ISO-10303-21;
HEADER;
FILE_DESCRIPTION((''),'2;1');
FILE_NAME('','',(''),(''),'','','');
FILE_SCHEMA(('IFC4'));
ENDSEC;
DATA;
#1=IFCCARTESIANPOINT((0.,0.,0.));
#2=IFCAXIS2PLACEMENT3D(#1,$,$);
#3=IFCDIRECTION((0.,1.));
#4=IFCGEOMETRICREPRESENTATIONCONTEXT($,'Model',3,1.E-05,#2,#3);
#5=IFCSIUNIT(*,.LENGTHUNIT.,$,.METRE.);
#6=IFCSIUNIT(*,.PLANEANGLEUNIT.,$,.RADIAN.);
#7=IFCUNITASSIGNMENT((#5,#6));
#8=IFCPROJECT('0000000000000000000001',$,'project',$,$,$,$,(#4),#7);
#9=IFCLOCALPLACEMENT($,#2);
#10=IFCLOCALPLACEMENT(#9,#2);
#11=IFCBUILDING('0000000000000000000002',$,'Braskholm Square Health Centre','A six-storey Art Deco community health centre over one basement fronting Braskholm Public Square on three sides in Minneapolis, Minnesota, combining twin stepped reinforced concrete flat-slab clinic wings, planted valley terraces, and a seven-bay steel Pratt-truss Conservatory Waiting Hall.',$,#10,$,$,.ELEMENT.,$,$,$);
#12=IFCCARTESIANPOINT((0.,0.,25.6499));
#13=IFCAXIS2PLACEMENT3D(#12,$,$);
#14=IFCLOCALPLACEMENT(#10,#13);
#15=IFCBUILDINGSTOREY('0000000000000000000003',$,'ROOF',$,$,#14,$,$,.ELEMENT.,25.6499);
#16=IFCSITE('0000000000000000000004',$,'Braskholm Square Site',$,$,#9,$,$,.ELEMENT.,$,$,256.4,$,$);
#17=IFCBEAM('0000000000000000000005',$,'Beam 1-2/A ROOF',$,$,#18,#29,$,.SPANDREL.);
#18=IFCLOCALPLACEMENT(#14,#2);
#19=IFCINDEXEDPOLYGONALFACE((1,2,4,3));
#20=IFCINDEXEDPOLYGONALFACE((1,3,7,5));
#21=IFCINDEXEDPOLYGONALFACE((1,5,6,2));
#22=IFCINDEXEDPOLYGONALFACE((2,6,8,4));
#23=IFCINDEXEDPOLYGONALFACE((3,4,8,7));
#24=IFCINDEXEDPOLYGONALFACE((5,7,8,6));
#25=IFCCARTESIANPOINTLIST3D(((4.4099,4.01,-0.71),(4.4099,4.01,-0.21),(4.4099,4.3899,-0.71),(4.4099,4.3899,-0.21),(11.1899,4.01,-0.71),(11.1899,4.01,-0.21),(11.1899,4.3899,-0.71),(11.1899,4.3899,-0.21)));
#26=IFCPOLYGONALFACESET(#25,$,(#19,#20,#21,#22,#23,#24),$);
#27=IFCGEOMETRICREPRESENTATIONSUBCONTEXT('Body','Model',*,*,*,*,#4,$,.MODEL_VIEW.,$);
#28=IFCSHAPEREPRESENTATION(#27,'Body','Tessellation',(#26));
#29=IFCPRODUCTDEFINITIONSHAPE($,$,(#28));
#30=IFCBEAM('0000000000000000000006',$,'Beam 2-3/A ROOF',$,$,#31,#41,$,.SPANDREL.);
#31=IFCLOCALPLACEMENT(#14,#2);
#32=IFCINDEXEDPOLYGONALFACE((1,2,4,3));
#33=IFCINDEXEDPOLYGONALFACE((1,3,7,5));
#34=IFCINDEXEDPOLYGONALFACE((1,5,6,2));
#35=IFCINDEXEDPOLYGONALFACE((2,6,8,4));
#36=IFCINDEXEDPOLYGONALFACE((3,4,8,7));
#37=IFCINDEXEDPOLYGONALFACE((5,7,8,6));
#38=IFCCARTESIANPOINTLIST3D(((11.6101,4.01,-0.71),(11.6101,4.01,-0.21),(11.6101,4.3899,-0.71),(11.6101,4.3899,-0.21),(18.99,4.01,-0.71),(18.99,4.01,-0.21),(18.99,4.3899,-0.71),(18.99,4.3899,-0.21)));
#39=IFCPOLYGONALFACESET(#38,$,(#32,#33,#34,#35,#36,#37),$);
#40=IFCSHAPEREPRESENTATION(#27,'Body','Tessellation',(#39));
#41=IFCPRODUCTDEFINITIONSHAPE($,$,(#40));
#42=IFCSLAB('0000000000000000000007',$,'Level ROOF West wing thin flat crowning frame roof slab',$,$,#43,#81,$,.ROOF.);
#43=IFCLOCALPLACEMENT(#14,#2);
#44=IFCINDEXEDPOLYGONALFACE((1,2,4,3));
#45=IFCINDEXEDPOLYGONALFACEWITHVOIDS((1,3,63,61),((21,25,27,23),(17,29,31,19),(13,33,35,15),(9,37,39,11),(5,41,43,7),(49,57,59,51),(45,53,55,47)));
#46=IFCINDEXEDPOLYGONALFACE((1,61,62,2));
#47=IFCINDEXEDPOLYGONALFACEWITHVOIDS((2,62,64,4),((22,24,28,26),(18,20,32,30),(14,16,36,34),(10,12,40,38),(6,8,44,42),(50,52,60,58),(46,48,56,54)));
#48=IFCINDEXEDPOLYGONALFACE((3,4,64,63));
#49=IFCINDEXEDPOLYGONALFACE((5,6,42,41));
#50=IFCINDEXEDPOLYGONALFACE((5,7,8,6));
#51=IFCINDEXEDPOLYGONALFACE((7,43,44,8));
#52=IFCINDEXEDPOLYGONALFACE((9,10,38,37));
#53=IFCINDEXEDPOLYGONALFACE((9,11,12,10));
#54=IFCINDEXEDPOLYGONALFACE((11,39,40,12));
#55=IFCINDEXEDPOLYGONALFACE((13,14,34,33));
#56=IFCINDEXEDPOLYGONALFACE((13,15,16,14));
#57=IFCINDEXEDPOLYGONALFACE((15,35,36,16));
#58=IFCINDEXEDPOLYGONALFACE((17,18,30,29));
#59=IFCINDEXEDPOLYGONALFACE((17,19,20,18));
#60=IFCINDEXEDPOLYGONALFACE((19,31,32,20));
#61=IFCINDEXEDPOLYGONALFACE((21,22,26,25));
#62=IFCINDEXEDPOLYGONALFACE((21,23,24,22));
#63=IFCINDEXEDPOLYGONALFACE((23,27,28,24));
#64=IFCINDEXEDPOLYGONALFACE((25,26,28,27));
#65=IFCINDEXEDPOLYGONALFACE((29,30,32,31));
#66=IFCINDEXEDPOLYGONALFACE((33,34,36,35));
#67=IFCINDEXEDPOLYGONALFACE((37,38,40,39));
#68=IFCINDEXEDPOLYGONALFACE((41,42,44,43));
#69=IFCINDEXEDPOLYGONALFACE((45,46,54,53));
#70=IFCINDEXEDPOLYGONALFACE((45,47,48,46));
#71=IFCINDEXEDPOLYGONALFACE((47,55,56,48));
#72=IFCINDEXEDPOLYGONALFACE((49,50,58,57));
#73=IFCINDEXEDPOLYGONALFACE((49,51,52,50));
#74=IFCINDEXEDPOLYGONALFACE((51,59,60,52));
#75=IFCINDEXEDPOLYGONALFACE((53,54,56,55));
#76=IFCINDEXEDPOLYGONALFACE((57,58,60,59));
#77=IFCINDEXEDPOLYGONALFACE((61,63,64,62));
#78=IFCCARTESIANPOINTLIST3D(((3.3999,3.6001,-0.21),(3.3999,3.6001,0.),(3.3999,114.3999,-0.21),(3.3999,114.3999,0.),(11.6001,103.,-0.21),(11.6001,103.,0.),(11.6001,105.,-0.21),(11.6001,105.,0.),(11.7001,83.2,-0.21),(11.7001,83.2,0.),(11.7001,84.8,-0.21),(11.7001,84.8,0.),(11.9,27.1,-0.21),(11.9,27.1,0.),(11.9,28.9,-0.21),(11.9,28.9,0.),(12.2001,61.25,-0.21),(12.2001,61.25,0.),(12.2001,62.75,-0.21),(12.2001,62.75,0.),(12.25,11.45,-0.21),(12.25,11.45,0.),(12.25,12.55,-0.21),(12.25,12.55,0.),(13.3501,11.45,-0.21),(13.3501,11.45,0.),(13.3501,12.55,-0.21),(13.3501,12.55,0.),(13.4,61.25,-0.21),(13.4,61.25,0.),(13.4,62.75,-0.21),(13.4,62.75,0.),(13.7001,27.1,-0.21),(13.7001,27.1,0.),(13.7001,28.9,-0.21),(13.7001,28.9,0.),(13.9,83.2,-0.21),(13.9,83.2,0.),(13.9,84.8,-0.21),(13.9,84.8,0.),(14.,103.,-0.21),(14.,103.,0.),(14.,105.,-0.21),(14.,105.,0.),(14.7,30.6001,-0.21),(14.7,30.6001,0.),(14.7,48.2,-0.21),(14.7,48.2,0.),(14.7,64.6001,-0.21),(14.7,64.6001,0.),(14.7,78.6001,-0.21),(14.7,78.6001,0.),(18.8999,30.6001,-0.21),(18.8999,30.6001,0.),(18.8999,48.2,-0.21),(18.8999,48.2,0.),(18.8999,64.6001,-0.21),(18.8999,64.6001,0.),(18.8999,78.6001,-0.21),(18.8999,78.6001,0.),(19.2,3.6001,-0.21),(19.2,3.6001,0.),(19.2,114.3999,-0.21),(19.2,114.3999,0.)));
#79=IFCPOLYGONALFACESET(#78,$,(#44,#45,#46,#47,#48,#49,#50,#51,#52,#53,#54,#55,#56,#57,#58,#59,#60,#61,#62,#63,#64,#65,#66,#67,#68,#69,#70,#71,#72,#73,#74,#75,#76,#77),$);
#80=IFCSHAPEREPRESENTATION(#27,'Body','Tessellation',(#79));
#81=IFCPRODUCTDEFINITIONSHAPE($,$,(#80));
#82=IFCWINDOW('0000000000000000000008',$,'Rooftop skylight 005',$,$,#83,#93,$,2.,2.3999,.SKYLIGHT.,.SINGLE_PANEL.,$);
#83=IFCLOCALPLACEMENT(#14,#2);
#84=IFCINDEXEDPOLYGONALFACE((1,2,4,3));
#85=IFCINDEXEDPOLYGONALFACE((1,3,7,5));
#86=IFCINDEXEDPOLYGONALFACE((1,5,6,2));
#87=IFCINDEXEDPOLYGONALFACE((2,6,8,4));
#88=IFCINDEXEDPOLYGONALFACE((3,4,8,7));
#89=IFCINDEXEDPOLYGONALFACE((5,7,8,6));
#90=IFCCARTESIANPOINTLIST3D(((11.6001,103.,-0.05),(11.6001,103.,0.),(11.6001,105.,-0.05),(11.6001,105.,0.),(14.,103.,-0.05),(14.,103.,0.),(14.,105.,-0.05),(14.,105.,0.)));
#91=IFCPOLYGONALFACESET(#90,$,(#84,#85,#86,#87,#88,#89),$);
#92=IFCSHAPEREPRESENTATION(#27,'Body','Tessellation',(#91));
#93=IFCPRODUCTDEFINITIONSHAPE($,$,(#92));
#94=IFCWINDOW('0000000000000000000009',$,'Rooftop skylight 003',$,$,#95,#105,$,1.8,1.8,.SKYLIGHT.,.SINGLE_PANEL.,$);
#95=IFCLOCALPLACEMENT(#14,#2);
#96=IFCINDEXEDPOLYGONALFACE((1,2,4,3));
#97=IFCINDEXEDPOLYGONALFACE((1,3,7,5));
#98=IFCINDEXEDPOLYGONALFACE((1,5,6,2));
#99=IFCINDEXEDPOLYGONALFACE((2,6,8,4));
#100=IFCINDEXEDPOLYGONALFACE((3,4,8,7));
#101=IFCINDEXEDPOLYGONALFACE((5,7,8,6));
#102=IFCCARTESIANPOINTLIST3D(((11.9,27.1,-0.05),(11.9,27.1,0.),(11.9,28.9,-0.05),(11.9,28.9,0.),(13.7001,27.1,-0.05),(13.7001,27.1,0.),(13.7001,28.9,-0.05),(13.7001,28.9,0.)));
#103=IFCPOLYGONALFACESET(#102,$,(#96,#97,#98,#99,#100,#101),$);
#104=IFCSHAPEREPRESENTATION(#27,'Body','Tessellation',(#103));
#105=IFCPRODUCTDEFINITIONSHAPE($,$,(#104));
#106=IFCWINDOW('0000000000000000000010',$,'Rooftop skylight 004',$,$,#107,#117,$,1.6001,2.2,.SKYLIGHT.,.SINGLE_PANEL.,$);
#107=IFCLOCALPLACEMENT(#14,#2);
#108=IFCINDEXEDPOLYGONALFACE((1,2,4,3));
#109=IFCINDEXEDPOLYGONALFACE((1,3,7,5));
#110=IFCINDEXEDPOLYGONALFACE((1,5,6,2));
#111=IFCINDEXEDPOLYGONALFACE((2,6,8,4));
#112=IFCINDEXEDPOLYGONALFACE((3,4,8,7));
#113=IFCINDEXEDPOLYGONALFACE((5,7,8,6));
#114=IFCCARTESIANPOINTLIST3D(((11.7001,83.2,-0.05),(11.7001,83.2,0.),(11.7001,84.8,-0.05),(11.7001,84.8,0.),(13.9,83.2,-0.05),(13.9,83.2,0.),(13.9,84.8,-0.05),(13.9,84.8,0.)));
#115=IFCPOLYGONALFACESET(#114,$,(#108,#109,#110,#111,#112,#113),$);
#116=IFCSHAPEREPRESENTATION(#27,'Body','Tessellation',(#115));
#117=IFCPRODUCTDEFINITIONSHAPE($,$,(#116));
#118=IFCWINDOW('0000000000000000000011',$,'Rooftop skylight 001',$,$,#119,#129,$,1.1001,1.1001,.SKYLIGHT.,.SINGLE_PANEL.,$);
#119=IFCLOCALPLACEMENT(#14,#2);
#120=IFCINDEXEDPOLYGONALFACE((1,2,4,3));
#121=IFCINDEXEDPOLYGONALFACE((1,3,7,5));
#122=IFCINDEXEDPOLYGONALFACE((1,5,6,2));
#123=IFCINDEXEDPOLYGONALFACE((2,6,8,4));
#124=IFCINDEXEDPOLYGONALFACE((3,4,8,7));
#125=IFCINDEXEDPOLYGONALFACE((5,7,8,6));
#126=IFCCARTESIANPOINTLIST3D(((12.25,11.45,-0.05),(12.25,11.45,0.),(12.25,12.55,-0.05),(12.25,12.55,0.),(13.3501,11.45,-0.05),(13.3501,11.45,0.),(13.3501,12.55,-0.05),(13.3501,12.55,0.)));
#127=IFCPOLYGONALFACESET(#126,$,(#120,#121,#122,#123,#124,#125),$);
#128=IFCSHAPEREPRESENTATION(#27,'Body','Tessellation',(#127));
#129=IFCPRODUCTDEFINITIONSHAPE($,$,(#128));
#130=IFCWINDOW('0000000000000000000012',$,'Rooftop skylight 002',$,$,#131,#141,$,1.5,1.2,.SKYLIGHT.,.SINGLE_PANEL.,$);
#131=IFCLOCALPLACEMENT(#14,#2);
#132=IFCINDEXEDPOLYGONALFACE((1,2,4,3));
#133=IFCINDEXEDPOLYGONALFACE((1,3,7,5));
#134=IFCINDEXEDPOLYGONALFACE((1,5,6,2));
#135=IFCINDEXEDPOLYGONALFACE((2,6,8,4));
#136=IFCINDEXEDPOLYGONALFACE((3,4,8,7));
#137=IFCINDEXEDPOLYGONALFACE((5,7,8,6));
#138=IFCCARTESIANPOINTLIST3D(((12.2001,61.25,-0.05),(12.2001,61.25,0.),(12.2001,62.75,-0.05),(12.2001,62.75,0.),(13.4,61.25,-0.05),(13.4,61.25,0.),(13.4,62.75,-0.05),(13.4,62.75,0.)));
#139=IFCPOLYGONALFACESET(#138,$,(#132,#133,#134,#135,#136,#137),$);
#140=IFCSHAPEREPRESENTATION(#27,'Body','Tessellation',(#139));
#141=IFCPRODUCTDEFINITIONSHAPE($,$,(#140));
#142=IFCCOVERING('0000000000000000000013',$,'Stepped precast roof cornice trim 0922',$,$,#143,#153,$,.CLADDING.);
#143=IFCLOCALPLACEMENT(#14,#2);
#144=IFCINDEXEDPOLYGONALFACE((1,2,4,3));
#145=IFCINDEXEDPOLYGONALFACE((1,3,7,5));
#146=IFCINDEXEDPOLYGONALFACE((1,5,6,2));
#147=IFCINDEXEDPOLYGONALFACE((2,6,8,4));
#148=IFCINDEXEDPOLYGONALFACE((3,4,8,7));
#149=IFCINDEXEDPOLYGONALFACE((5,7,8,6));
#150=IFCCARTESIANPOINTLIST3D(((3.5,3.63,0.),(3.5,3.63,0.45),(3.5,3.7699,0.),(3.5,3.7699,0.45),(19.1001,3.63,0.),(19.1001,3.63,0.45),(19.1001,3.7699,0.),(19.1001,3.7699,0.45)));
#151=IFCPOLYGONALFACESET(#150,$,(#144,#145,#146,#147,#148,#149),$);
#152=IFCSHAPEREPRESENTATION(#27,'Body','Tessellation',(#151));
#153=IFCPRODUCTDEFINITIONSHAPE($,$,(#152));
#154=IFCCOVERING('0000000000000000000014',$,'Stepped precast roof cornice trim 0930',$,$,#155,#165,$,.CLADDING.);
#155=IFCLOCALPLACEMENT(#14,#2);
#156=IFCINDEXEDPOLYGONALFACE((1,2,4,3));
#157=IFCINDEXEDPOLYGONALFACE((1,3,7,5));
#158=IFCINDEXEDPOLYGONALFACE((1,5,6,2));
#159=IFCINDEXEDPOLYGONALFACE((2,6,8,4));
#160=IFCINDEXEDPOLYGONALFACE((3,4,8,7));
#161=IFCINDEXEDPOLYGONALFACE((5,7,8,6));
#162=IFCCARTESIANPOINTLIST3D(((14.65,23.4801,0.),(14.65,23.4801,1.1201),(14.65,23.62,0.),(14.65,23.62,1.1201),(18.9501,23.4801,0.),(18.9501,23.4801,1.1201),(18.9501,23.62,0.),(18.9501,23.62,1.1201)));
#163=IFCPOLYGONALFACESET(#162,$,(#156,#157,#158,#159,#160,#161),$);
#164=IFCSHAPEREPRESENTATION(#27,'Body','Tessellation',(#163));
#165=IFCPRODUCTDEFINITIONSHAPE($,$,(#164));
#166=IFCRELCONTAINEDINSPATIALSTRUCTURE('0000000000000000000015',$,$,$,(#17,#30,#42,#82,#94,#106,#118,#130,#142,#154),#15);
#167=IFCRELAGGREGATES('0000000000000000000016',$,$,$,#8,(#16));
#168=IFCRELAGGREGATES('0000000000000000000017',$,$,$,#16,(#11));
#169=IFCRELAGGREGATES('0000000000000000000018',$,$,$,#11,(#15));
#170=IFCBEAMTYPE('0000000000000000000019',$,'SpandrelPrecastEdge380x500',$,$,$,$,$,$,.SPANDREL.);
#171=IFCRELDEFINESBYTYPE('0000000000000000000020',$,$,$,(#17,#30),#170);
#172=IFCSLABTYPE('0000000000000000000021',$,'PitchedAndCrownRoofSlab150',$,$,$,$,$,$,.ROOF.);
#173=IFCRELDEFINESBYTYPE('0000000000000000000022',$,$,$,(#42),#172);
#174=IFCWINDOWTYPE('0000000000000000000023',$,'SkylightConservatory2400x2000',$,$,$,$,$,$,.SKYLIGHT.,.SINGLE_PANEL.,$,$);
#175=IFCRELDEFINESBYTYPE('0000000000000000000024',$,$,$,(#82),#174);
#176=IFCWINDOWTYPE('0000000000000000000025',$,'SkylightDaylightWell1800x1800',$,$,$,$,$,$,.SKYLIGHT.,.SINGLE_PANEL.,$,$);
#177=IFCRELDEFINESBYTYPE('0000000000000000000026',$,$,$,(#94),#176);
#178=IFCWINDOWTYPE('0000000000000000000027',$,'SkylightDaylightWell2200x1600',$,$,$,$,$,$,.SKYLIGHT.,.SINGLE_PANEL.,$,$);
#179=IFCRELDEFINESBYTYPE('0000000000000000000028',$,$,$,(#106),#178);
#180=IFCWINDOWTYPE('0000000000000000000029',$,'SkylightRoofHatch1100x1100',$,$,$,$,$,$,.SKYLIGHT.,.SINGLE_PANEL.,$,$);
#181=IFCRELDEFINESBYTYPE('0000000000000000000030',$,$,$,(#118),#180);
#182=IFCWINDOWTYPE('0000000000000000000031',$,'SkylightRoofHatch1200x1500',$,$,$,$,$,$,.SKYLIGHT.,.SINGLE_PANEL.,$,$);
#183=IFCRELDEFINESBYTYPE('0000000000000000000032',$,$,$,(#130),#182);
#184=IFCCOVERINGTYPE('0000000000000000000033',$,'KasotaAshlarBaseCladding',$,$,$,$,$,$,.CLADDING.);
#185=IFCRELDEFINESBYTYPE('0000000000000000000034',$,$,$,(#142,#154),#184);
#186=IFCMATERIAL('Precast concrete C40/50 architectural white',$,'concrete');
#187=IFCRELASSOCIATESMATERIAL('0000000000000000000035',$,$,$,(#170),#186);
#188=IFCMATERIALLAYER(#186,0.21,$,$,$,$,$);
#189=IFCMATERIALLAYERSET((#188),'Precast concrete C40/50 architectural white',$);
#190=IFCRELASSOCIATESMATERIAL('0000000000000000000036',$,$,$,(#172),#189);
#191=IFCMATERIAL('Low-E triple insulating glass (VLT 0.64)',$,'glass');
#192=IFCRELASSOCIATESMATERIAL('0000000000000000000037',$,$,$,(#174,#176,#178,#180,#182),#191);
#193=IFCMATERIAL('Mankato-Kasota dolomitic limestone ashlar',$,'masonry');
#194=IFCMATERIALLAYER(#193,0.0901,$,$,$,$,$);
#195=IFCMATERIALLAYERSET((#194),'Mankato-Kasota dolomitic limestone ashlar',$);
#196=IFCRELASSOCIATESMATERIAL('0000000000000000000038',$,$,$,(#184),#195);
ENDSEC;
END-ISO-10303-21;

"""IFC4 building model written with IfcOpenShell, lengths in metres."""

from ifc_helpers import new_model, si_unit, direction, frame, origin, origin_2d, place, context, subcontext, project, spatial, polyline, rectangle, outline, extrude, material, layer, layer_set, material_profile, profile_set, type_object, element, fill, save


model = new_model("IFC4")

# Units and contexts
model_context = context("Model", 3, precision=1e-05, world=origin(), true_north=direction((0.0, 1.0)))
body_context = subcontext(model_context, "Body", "Model", "MODEL_VIEW")
ifc_project = project(units=[si_unit("LENGTHUNIT", "METRE"), si_unit("PLANEANGLEUNIT", "RADIAN")], contexts=[model_context])

# Site, building, storey
site_placement = place(None, origin())
site = spatial("IfcSite", under=ifc_project, at=site_placement, Name="Braskholm Square Site", CompositionType="ELEMENT", RefElevation=256.4)
building_placement = place(site_placement, origin())
building = spatial("IfcBuilding", under=site, at=building_placement, Name="Braskholm Square Health Centre", Description="A six-storey Art Deco community health centre over one basement fronting Braskholm Public Square on three sides in Minneapolis, Minnesota, combining twin stepped reinforced concrete flat-slab clinic wings, planted valley terraces, and a seven-bay steel Pratt-truss Conservatory Waiting Hall.", CompositionType="ELEMENT")
storey_placement = place(building_placement, frame((0.0, 0.0, 25.6499)))
storey = spatial("IfcBuildingStorey", under=building, at=storey_placement, Name="ROOF", CompositionType="ELEMENT", Elevation=25.6499)

# Beams
ifc_material_1 = material(Name="Precast concrete C40/50 architectural white", Category="concrete")
ifc_material_profile_1 = material_profile(ifc_material_1, rectangle(XDim=0.3799, YDim=0.5, at=origin_2d()), Name="RCB-380X500")
ifc_profile_set_1 = profile_set([ifc_material_profile_1], Name="Precast concrete C40/50 architectural white")
beam_type_1 = type_object("IfcBeamType", Name="SpandrelPrecastEdge380x500", PredefinedType="SPANDREL", material=ifc_profile_set_1)
beam_1_placement = place(storey_placement, frame((4.4099, 4.2, -0.46), z_axis=(1.0, 0.0, 0.0), x_axis=(0.0, 1.0, 0.0)))
element("IfcBeam", 1, at=beam_1_placement, inside=storey, type_object=beam_type_1, Name="Beam 1-2/A ROOF", PredefinedType="SPANDREL", context=body_context, shape_type="SweptSolid", body=[
    extrude(rectangle(XDim=0.3799, YDim=0.5, at=origin_2d()), origin(), (0.0, 0.0, 1.0), 6.78),
])
beam_2_placement = place(storey_placement, frame((11.6101, 4.2, -0.46), z_axis=(1.0, 0.0, 0.0), x_axis=(0.0, 1.0, 0.0)))
element("IfcBeam", 2, at=beam_2_placement, inside=storey, type_object=beam_type_1, Name="Beam 2-3/A ROOF", PredefinedType="SPANDREL", context=body_context, shape_type="SweptSolid", body=[
    extrude(rectangle(XDim=0.3799, YDim=0.5, at=origin_2d()), origin(), (0.0, 0.0, 1.0), 7.3799),
])

# Slab, openings, windows
ifc_layer_1 = layer(ifc_material_1, 0.21)
ifc_layer_set_1 = layer_set([ifc_layer_1], Name="Precast concrete C40/50 architectural white")
slab_type = type_object("IfcSlabType", Name="PitchedAndCrownRoofSlab150", PredefinedType="ROOF", material=ifc_layer_set_1)
slab_placement = place(storey_placement, frame((0.0, 0.0, -0.21)))
slab = element("IfcSlab", 3, at=slab_placement, inside=storey, type_object=slab_type, Name="Level ROOF West wing thin flat crowning frame roof slab", PredefinedType="ROOF", context=body_context, shape_type="SweptSolid", body=[
    extrude(outline(polyline([(3.3999, 3.6001), (19.2, 3.6001), (19.2, 114.3999), (3.3999, 114.3999), (3.3999, 3.6001)]), holes=[polyline([(14.7, 30.6001), (18.8999, 30.6001), (18.8999, 48.2), (14.7, 48.2), (14.7, 30.6001)]), polyline([(14.7, 64.6001), (18.8999, 64.6001), (18.8999, 78.6001), (14.7, 78.6001), (14.7, 64.6001)])]), origin(), (0.0, 0.0, 1.0), 0.21),
])
opening_1_placement = place(slab_placement, frame((12.8, 12.0, 0.0)))
opening_1 = element("IfcOpeningElement", 4, at=opening_1_placement, cuts=slab, PredefinedType="OPENING", context=body_context, shape_type="SweptSolid", body=[
    extrude(rectangle(XDim=1.1001, YDim=1.1001, at=origin_2d()), frame((0.0, 0.0, -0.01)), (0.0, 0.0, 1.0), 0.23),
])
opening_2_placement = place(slab_placement, frame((12.8, 62.0, 0.0)))
opening_2 = element("IfcOpeningElement", 5, at=opening_2_placement, cuts=slab, PredefinedType="OPENING", context=body_context, shape_type="SweptSolid", body=[
    extrude(rectangle(XDim=1.2, YDim=1.5, at=origin_2d()), frame((0.0, 0.0, -0.01)), (0.0, 0.0, 1.0), 0.23),
])
opening_3_placement = place(slab_placement, frame((12.8, 28.0, 0.0)))
opening_3 = element("IfcOpeningElement", 6, at=opening_3_placement, cuts=slab, PredefinedType="OPENING", context=body_context, shape_type="SweptSolid", body=[
    extrude(rectangle(XDim=1.8, YDim=1.8, at=origin_2d()), frame((0.0, 0.0, -0.01)), (0.0, 0.0, 1.0), 0.23),
])
opening_4_placement = place(slab_placement, frame((12.8, 84.0, 0.0)))
opening_4 = element("IfcOpeningElement", 7, at=opening_4_placement, cuts=slab, PredefinedType="OPENING", context=body_context, shape_type="SweptSolid", body=[
    extrude(rectangle(XDim=2.2, YDim=1.6001, at=origin_2d()), frame((0.0, 0.0, -0.01)), (0.0, 0.0, 1.0), 0.23),
])
opening_5_placement = place(slab_placement, frame((12.8, 104.0, 0.0)))
opening_5 = element("IfcOpeningElement", 8, at=opening_5_placement, cuts=slab, PredefinedType="OPENING", context=body_context, shape_type="SweptSolid", body=[
    extrude(rectangle(XDim=2.3999, YDim=2.0, at=origin_2d()), frame((0.0, 0.0, -0.01)), (0.0, 0.0, 1.0), 0.23),
])
ifc_material_2 = material(Name="Low-E triple insulating glass (VLT 0.64)", Category="glass")
window_type_1 = type_object("IfcWindowType", Name="SkylightConservatory2400x2000", PartitioningType="SINGLE_PANEL", PredefinedType="SKYLIGHT", material=ifc_material_2)
window_1_placement = place(opening_5_placement, frame((0.0, 0.0, 0.1599)))
window_1 = element("IfcWindow", 9, at=window_1_placement, inside=storey, type_object=window_type_1, Name="Rooftop skylight 005", OverallHeight=2.0, OverallWidth=2.3999, PartitioningType="SINGLE_PANEL", PredefinedType="SKYLIGHT", context=body_context, shape_type="SweptSolid", body=[
    extrude(rectangle(XDim=2.3999, YDim=2.0, at=origin_2d()), origin(), (0.0, 0.0, 1.0), 0.05),
])
fill(opening_5, window_1)
window_type_2 = type_object("IfcWindowType", Name="SkylightDaylightWell1800x1800", PartitioningType="SINGLE_PANEL", PredefinedType="SKYLIGHT", material=ifc_material_2)
window_2_placement = place(opening_3_placement, frame((0.0, 0.0, 0.1599)))
window_2 = element("IfcWindow", 10, at=window_2_placement, inside=storey, type_object=window_type_2, Name="Rooftop skylight 003", OverallHeight=1.8, OverallWidth=1.8, PartitioningType="SINGLE_PANEL", PredefinedType="SKYLIGHT", context=body_context, shape_type="SweptSolid", body=[
    extrude(rectangle(XDim=1.8, YDim=1.8, at=origin_2d()), origin(), (0.0, 0.0, 1.0), 0.05),
])
fill(opening_3, window_2)
window_type_3 = type_object("IfcWindowType", Name="SkylightDaylightWell2200x1600", PartitioningType="SINGLE_PANEL", PredefinedType="SKYLIGHT", material=ifc_material_2)
window_3_placement = place(opening_4_placement, frame((0.0, 0.0, 0.1599)))
window_3 = element("IfcWindow", 11, at=window_3_placement, inside=storey, type_object=window_type_3, Name="Rooftop skylight 004", OverallHeight=1.6001, OverallWidth=2.2, PartitioningType="SINGLE_PANEL", PredefinedType="SKYLIGHT", context=body_context, shape_type="SweptSolid", body=[
    extrude(rectangle(XDim=2.2, YDim=1.6001, at=origin_2d()), origin(), (0.0, 0.0, 1.0), 0.05),
])
fill(opening_4, window_3)
window_type_4 = type_object("IfcWindowType", Name="SkylightRoofHatch1100x1100", PartitioningType="SINGLE_PANEL", PredefinedType="SKYLIGHT", material=ifc_material_2)
window_4_placement = place(opening_1_placement, frame((0.0, 0.0, 0.1599)))
window_4 = element("IfcWindow", 12, at=window_4_placement, inside=storey, type_object=window_type_4, Name="Rooftop skylight 001", OverallHeight=1.1001, OverallWidth=1.1001, PartitioningType="SINGLE_PANEL", PredefinedType="SKYLIGHT", context=body_context, shape_type="SweptSolid", body=[
    extrude(rectangle(XDim=1.1001, YDim=1.1001, at=origin_2d()), origin(), (0.0, 0.0, 1.0), 0.05),
])
fill(opening_1, window_4)
window_type_5 = type_object("IfcWindowType", Name="SkylightRoofHatch1200x1500", PartitioningType="SINGLE_PANEL", PredefinedType="SKYLIGHT", material=ifc_material_2)
window_5_placement = place(opening_2_placement, frame((0.0, 0.0, 0.1599)))
window_5 = element("IfcWindow", 13, at=window_5_placement, inside=storey, type_object=window_type_5, Name="Rooftop skylight 002", OverallHeight=1.5, OverallWidth=1.2, PartitioningType="SINGLE_PANEL", PredefinedType="SKYLIGHT", context=body_context, shape_type="SweptSolid", body=[
    extrude(rectangle(XDim=1.2, YDim=1.5, at=origin_2d()), origin(), (0.0, 0.0, 1.0), 0.05),
])
fill(opening_2, window_5)

# Coverings
ifc_material_3 = material(Name="Mankato-Kasota dolomitic limestone ashlar", Category="masonry")
ifc_layer_2 = layer(ifc_material_3, 0.0901)
ifc_layer_set_2 = layer_set([ifc_layer_2], Name="Mankato-Kasota dolomitic limestone ashlar")
covering_type = type_object("IfcCoveringType", Name="KasotaAshlarBaseCladding", PredefinedType="CLADDING", material=ifc_layer_set_2)
covering_1_placement = place(storey_placement, frame((11.3, 3.7, 0.0), z_axis=(0.0, 0.0, 1.0), x_axis=(1.0, 0.0, 0.0)))
element("IfcCovering", 14, at=covering_1_placement, inside=storey, type_object=covering_type, Name="Stepped precast roof cornice trim 0922", PredefinedType="CLADDING", context=body_context, shape_type="SweptSolid", body=[
    extrude(rectangle(XDim=15.6001, YDim=0.1399, at=origin_2d()), origin(), (0.0, 0.0, 1.0), 0.45),
])
covering_2_placement = place(storey_placement, frame((16.8, 23.55, 0.0), z_axis=(0.0, 0.0, 1.0), x_axis=(1.0, 0.0, 0.0)))
element("IfcCovering", 15, at=covering_2_placement, inside=storey, type_object=covering_type, Name="Stepped precast roof cornice trim 0930", PredefinedType="CLADDING", context=body_context, shape_type="SweptSolid", body=[
    extrude(rectangle(XDim=4.3, YDim=0.1399, at=origin_2d()), origin(), (0.0, 0.0, 1.0), 1.1201),
])

save(model, "model.ifc")
